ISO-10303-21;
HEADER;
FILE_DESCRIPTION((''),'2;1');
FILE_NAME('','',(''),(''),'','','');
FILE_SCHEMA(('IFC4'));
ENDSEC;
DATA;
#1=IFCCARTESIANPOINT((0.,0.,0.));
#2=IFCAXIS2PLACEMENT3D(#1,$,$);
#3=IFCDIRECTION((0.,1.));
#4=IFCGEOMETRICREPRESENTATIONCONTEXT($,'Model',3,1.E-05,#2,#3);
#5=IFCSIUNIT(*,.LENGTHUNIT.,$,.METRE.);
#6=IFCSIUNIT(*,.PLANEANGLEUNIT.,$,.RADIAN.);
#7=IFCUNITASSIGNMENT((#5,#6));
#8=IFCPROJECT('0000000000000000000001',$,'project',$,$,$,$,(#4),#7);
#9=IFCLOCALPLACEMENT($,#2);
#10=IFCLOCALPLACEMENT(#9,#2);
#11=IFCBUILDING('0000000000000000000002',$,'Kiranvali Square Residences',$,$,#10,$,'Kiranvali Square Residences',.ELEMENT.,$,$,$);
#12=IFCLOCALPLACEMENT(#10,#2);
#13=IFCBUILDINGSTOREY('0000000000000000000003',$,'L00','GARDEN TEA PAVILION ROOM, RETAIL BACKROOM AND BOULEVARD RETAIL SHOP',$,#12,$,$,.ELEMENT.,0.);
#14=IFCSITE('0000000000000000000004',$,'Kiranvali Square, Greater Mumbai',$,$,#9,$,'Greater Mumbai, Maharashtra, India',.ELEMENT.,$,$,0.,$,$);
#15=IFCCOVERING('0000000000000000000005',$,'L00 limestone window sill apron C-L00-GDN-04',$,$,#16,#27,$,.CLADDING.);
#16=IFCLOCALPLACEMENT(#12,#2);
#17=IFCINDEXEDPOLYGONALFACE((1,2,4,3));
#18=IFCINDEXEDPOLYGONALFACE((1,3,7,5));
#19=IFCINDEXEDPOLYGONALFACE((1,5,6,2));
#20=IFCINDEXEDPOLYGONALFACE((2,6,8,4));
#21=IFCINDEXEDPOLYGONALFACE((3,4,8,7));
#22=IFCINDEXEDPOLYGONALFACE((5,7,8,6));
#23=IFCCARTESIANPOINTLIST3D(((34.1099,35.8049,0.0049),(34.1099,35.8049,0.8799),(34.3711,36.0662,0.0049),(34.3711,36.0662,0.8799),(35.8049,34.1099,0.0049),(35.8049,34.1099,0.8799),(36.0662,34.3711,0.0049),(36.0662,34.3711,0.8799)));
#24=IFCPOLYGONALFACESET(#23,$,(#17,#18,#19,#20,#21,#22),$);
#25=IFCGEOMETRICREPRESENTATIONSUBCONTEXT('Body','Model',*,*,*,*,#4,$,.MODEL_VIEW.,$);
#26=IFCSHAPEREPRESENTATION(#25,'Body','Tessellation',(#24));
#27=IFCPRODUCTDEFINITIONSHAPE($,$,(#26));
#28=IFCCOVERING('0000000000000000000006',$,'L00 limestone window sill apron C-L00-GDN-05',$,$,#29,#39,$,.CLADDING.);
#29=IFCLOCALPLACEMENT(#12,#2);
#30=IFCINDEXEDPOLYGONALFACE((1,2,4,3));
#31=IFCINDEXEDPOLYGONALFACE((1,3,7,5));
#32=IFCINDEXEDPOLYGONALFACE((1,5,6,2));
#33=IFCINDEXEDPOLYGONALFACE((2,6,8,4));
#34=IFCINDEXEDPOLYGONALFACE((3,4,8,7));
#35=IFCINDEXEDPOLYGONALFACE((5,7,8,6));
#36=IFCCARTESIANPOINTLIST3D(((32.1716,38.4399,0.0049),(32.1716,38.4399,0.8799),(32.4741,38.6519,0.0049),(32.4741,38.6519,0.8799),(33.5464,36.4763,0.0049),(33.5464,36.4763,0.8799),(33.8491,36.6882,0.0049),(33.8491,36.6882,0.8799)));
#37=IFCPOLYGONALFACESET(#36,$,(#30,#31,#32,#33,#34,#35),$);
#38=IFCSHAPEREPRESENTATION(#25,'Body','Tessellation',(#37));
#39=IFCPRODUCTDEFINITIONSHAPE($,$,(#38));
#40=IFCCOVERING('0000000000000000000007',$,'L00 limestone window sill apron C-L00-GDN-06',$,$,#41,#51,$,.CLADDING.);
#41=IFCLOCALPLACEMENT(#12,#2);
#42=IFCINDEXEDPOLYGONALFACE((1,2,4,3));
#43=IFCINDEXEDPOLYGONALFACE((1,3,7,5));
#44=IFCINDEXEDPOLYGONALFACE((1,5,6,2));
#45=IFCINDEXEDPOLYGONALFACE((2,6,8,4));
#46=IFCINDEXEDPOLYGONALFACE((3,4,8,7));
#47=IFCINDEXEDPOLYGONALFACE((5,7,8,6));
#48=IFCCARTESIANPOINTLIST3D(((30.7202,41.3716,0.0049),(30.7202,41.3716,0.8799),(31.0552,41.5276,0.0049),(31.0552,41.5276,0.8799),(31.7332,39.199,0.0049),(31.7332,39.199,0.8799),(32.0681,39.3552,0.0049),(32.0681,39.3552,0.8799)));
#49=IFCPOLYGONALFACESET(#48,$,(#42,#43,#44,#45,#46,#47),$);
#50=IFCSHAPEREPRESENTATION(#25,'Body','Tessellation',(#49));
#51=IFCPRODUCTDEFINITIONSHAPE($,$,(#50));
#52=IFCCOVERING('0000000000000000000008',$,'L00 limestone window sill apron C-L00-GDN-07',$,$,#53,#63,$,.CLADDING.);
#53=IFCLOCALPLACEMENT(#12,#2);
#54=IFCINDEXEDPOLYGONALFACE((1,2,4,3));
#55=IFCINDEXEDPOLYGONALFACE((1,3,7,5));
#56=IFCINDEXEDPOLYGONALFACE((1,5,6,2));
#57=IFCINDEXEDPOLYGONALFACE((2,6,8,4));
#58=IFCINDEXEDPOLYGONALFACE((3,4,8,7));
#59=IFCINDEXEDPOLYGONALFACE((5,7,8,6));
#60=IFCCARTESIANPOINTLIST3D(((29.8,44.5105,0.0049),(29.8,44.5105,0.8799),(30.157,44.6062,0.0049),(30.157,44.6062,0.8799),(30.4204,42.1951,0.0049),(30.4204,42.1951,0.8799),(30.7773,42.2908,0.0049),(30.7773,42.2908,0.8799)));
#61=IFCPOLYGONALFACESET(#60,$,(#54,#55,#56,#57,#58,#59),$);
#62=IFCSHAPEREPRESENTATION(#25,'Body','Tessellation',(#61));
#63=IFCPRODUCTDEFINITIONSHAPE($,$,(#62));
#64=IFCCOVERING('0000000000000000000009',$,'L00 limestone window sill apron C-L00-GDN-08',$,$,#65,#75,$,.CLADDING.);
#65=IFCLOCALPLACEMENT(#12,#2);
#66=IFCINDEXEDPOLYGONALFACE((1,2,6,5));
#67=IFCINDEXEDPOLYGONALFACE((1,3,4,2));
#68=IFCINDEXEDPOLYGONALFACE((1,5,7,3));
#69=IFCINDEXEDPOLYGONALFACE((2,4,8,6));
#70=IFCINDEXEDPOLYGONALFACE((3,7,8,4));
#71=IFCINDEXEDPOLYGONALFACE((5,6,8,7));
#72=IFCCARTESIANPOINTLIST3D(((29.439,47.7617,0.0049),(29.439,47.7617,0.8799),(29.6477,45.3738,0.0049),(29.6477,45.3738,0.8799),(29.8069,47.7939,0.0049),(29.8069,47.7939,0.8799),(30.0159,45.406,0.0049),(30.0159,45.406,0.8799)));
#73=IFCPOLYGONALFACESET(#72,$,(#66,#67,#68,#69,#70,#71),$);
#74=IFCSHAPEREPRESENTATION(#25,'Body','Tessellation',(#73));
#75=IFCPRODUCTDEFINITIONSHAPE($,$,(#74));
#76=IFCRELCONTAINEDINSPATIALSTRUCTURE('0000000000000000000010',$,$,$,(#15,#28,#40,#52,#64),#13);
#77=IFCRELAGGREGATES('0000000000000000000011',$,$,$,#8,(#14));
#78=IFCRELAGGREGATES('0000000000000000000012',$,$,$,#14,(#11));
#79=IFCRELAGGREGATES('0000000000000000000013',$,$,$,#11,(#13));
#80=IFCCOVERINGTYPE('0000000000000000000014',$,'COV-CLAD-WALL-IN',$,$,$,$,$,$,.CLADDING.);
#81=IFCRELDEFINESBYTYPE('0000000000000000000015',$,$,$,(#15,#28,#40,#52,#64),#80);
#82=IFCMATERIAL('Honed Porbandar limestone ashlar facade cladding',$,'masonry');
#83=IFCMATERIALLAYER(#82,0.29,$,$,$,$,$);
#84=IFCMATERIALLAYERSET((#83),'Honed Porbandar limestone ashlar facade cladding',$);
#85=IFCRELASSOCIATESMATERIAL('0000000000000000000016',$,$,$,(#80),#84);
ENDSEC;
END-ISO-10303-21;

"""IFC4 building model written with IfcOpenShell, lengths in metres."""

from ifc_helpers import new_model, si_unit, direction, frame, origin, place, context, subcontext, project, spatial, polyline, outline, extrude, material, layer, layer_set, type_object, element, save


model = new_model("IFC4")

# Units and contexts
model_context = context("Model", 3, precision=1e-05, world=origin(), true_north=direction((0.0, 1.0)))
body_context = subcontext(model_context, "Body", "Model", "MODEL_VIEW")
ifc_project = project(units=[si_unit("LENGTHUNIT", "METRE"), si_unit("PLANEANGLEUNIT", "RADIAN")], contexts=[model_context])

# Site, building, storey
site_placement = place(None, origin())
site = spatial("IfcSite", under=ifc_project, at=site_placement, Name="Kiranvali Square, Greater Mumbai", LongName="Greater Mumbai, Maharashtra, India", CompositionType="ELEMENT", RefElevation=0.0)
building_placement = place(site_placement, origin())
building = spatial("IfcBuilding", under=site, at=building_placement, Name="Kiranvali Square Residences", LongName="Kiranvali Square Residences", CompositionType="ELEMENT")
storey_placement = place(building_placement, origin())
storey = spatial("IfcBuildingStorey", under=building, at=storey_placement, Name="L00", Description="GARDEN TEA PAVILION ROOM, RETAIL BACKROOM AND BOULEVARD RETAIL SHOP", CompositionType="ELEMENT", Elevation=0.0)

# Coverings
ifc_material_1 = material(Name="Honed Porbandar limestone ashlar facade cladding", Category="masonry")
ifc_layer_1 = layer(ifc_material_1, 0.29)
ifc_layer_set_1 = layer_set([ifc_layer_1], Name="Honed Porbandar limestone ashlar facade cladding")
covering_type_1 = type_object("IfcCoveringType", Name="COV-CLAD-WALL-IN", PredefinedType="CLADDING", material=ifc_layer_set_1)
covering_1_placement = place(storey_placement, frame((0.0, 0.0, 0.0049)))
element("IfcCovering", 1, at=covering_1_placement, inside=storey, type_object=covering_type_1, Name="L00 limestone window sill apron C-L00-GDN-04", PredefinedType="CLADDING", context=body_context, shape_type="SweptSolid", body=[
    extrude(outline(polyline([(36.0662, 34.3711), (34.3711, 36.0662), (34.1099, 35.8049), (35.8049, 34.1099), (36.0662, 34.3711)])), origin(), (0.0, 0.0, 1.0), 0.875),
])
covering_2_placement = place(storey_placement, frame((0.0, 0.0, 0.0049)))
element("IfcCovering", 2, at=covering_2_placement, inside=storey, type_object=covering_type_1, Name="L00 limestone window sill apron C-L00-GDN-05", PredefinedType="CLADDING", context=body_context, shape_type="SweptSolid", body=[
    extrude(outline(polyline([(33.8491, 36.6882), (32.4741, 38.6519), (32.1716, 38.4399), (33.5464, 36.4763), (33.8491, 36.6882)])), origin(), (0.0, 0.0, 1.0), 0.875),
])
covering_3_placement = place(storey_placement, frame((0.0, 0.0, 0.0049)))
element("IfcCovering", 3, at=covering_3_placement, inside=storey, type_object=covering_type_1, Name="L00 limestone window sill apron C-L00-GDN-06", PredefinedType="CLADDING", context=body_context, shape_type="SweptSolid", body=[
    extrude(outline(polyline([(32.0681, 39.3552), (31.0552, 41.5276), (30.7202, 41.3716), (31.7332, 39.199), (32.0681, 39.3552)])), origin(), (0.0, 0.0, 1.0), 0.875),
])
covering_4_placement = place(storey_placement, frame((0.0, 0.0, 0.0049)))
element("IfcCovering", 4, at=covering_4_placement, inside=storey, type_object=covering_type_1, Name="L00 limestone window sill apron C-L00-GDN-07", PredefinedType="CLADDING", context=body_context, shape_type="SweptSolid", body=[
    extrude(outline(polyline([(30.7773, 42.2908), (30.157, 44.6062), (29.8, 44.5105), (30.4204, 42.1951), (30.7773, 42.2908)])), origin(), (0.0, 0.0, 1.0), 0.875),
])
covering_5_placement = place(storey_placement, frame((0.0, 0.0, 0.0049)))
element("IfcCovering", 5, at=covering_5_placement, inside=storey, type_object=covering_type_1, Name="L00 limestone window sill apron C-L00-GDN-08", PredefinedType="CLADDING", context=body_context, shape_type="SweptSolid", body=[
    extrude(outline(polyline([(30.0159, 45.406), (29.8069, 47.7939), (29.439, 47.7617), (29.6477, 45.3738), (30.0159, 45.406)])), origin(), (0.0, 0.0, 1.0), 0.875),
])

save(model, "model.ifc")
